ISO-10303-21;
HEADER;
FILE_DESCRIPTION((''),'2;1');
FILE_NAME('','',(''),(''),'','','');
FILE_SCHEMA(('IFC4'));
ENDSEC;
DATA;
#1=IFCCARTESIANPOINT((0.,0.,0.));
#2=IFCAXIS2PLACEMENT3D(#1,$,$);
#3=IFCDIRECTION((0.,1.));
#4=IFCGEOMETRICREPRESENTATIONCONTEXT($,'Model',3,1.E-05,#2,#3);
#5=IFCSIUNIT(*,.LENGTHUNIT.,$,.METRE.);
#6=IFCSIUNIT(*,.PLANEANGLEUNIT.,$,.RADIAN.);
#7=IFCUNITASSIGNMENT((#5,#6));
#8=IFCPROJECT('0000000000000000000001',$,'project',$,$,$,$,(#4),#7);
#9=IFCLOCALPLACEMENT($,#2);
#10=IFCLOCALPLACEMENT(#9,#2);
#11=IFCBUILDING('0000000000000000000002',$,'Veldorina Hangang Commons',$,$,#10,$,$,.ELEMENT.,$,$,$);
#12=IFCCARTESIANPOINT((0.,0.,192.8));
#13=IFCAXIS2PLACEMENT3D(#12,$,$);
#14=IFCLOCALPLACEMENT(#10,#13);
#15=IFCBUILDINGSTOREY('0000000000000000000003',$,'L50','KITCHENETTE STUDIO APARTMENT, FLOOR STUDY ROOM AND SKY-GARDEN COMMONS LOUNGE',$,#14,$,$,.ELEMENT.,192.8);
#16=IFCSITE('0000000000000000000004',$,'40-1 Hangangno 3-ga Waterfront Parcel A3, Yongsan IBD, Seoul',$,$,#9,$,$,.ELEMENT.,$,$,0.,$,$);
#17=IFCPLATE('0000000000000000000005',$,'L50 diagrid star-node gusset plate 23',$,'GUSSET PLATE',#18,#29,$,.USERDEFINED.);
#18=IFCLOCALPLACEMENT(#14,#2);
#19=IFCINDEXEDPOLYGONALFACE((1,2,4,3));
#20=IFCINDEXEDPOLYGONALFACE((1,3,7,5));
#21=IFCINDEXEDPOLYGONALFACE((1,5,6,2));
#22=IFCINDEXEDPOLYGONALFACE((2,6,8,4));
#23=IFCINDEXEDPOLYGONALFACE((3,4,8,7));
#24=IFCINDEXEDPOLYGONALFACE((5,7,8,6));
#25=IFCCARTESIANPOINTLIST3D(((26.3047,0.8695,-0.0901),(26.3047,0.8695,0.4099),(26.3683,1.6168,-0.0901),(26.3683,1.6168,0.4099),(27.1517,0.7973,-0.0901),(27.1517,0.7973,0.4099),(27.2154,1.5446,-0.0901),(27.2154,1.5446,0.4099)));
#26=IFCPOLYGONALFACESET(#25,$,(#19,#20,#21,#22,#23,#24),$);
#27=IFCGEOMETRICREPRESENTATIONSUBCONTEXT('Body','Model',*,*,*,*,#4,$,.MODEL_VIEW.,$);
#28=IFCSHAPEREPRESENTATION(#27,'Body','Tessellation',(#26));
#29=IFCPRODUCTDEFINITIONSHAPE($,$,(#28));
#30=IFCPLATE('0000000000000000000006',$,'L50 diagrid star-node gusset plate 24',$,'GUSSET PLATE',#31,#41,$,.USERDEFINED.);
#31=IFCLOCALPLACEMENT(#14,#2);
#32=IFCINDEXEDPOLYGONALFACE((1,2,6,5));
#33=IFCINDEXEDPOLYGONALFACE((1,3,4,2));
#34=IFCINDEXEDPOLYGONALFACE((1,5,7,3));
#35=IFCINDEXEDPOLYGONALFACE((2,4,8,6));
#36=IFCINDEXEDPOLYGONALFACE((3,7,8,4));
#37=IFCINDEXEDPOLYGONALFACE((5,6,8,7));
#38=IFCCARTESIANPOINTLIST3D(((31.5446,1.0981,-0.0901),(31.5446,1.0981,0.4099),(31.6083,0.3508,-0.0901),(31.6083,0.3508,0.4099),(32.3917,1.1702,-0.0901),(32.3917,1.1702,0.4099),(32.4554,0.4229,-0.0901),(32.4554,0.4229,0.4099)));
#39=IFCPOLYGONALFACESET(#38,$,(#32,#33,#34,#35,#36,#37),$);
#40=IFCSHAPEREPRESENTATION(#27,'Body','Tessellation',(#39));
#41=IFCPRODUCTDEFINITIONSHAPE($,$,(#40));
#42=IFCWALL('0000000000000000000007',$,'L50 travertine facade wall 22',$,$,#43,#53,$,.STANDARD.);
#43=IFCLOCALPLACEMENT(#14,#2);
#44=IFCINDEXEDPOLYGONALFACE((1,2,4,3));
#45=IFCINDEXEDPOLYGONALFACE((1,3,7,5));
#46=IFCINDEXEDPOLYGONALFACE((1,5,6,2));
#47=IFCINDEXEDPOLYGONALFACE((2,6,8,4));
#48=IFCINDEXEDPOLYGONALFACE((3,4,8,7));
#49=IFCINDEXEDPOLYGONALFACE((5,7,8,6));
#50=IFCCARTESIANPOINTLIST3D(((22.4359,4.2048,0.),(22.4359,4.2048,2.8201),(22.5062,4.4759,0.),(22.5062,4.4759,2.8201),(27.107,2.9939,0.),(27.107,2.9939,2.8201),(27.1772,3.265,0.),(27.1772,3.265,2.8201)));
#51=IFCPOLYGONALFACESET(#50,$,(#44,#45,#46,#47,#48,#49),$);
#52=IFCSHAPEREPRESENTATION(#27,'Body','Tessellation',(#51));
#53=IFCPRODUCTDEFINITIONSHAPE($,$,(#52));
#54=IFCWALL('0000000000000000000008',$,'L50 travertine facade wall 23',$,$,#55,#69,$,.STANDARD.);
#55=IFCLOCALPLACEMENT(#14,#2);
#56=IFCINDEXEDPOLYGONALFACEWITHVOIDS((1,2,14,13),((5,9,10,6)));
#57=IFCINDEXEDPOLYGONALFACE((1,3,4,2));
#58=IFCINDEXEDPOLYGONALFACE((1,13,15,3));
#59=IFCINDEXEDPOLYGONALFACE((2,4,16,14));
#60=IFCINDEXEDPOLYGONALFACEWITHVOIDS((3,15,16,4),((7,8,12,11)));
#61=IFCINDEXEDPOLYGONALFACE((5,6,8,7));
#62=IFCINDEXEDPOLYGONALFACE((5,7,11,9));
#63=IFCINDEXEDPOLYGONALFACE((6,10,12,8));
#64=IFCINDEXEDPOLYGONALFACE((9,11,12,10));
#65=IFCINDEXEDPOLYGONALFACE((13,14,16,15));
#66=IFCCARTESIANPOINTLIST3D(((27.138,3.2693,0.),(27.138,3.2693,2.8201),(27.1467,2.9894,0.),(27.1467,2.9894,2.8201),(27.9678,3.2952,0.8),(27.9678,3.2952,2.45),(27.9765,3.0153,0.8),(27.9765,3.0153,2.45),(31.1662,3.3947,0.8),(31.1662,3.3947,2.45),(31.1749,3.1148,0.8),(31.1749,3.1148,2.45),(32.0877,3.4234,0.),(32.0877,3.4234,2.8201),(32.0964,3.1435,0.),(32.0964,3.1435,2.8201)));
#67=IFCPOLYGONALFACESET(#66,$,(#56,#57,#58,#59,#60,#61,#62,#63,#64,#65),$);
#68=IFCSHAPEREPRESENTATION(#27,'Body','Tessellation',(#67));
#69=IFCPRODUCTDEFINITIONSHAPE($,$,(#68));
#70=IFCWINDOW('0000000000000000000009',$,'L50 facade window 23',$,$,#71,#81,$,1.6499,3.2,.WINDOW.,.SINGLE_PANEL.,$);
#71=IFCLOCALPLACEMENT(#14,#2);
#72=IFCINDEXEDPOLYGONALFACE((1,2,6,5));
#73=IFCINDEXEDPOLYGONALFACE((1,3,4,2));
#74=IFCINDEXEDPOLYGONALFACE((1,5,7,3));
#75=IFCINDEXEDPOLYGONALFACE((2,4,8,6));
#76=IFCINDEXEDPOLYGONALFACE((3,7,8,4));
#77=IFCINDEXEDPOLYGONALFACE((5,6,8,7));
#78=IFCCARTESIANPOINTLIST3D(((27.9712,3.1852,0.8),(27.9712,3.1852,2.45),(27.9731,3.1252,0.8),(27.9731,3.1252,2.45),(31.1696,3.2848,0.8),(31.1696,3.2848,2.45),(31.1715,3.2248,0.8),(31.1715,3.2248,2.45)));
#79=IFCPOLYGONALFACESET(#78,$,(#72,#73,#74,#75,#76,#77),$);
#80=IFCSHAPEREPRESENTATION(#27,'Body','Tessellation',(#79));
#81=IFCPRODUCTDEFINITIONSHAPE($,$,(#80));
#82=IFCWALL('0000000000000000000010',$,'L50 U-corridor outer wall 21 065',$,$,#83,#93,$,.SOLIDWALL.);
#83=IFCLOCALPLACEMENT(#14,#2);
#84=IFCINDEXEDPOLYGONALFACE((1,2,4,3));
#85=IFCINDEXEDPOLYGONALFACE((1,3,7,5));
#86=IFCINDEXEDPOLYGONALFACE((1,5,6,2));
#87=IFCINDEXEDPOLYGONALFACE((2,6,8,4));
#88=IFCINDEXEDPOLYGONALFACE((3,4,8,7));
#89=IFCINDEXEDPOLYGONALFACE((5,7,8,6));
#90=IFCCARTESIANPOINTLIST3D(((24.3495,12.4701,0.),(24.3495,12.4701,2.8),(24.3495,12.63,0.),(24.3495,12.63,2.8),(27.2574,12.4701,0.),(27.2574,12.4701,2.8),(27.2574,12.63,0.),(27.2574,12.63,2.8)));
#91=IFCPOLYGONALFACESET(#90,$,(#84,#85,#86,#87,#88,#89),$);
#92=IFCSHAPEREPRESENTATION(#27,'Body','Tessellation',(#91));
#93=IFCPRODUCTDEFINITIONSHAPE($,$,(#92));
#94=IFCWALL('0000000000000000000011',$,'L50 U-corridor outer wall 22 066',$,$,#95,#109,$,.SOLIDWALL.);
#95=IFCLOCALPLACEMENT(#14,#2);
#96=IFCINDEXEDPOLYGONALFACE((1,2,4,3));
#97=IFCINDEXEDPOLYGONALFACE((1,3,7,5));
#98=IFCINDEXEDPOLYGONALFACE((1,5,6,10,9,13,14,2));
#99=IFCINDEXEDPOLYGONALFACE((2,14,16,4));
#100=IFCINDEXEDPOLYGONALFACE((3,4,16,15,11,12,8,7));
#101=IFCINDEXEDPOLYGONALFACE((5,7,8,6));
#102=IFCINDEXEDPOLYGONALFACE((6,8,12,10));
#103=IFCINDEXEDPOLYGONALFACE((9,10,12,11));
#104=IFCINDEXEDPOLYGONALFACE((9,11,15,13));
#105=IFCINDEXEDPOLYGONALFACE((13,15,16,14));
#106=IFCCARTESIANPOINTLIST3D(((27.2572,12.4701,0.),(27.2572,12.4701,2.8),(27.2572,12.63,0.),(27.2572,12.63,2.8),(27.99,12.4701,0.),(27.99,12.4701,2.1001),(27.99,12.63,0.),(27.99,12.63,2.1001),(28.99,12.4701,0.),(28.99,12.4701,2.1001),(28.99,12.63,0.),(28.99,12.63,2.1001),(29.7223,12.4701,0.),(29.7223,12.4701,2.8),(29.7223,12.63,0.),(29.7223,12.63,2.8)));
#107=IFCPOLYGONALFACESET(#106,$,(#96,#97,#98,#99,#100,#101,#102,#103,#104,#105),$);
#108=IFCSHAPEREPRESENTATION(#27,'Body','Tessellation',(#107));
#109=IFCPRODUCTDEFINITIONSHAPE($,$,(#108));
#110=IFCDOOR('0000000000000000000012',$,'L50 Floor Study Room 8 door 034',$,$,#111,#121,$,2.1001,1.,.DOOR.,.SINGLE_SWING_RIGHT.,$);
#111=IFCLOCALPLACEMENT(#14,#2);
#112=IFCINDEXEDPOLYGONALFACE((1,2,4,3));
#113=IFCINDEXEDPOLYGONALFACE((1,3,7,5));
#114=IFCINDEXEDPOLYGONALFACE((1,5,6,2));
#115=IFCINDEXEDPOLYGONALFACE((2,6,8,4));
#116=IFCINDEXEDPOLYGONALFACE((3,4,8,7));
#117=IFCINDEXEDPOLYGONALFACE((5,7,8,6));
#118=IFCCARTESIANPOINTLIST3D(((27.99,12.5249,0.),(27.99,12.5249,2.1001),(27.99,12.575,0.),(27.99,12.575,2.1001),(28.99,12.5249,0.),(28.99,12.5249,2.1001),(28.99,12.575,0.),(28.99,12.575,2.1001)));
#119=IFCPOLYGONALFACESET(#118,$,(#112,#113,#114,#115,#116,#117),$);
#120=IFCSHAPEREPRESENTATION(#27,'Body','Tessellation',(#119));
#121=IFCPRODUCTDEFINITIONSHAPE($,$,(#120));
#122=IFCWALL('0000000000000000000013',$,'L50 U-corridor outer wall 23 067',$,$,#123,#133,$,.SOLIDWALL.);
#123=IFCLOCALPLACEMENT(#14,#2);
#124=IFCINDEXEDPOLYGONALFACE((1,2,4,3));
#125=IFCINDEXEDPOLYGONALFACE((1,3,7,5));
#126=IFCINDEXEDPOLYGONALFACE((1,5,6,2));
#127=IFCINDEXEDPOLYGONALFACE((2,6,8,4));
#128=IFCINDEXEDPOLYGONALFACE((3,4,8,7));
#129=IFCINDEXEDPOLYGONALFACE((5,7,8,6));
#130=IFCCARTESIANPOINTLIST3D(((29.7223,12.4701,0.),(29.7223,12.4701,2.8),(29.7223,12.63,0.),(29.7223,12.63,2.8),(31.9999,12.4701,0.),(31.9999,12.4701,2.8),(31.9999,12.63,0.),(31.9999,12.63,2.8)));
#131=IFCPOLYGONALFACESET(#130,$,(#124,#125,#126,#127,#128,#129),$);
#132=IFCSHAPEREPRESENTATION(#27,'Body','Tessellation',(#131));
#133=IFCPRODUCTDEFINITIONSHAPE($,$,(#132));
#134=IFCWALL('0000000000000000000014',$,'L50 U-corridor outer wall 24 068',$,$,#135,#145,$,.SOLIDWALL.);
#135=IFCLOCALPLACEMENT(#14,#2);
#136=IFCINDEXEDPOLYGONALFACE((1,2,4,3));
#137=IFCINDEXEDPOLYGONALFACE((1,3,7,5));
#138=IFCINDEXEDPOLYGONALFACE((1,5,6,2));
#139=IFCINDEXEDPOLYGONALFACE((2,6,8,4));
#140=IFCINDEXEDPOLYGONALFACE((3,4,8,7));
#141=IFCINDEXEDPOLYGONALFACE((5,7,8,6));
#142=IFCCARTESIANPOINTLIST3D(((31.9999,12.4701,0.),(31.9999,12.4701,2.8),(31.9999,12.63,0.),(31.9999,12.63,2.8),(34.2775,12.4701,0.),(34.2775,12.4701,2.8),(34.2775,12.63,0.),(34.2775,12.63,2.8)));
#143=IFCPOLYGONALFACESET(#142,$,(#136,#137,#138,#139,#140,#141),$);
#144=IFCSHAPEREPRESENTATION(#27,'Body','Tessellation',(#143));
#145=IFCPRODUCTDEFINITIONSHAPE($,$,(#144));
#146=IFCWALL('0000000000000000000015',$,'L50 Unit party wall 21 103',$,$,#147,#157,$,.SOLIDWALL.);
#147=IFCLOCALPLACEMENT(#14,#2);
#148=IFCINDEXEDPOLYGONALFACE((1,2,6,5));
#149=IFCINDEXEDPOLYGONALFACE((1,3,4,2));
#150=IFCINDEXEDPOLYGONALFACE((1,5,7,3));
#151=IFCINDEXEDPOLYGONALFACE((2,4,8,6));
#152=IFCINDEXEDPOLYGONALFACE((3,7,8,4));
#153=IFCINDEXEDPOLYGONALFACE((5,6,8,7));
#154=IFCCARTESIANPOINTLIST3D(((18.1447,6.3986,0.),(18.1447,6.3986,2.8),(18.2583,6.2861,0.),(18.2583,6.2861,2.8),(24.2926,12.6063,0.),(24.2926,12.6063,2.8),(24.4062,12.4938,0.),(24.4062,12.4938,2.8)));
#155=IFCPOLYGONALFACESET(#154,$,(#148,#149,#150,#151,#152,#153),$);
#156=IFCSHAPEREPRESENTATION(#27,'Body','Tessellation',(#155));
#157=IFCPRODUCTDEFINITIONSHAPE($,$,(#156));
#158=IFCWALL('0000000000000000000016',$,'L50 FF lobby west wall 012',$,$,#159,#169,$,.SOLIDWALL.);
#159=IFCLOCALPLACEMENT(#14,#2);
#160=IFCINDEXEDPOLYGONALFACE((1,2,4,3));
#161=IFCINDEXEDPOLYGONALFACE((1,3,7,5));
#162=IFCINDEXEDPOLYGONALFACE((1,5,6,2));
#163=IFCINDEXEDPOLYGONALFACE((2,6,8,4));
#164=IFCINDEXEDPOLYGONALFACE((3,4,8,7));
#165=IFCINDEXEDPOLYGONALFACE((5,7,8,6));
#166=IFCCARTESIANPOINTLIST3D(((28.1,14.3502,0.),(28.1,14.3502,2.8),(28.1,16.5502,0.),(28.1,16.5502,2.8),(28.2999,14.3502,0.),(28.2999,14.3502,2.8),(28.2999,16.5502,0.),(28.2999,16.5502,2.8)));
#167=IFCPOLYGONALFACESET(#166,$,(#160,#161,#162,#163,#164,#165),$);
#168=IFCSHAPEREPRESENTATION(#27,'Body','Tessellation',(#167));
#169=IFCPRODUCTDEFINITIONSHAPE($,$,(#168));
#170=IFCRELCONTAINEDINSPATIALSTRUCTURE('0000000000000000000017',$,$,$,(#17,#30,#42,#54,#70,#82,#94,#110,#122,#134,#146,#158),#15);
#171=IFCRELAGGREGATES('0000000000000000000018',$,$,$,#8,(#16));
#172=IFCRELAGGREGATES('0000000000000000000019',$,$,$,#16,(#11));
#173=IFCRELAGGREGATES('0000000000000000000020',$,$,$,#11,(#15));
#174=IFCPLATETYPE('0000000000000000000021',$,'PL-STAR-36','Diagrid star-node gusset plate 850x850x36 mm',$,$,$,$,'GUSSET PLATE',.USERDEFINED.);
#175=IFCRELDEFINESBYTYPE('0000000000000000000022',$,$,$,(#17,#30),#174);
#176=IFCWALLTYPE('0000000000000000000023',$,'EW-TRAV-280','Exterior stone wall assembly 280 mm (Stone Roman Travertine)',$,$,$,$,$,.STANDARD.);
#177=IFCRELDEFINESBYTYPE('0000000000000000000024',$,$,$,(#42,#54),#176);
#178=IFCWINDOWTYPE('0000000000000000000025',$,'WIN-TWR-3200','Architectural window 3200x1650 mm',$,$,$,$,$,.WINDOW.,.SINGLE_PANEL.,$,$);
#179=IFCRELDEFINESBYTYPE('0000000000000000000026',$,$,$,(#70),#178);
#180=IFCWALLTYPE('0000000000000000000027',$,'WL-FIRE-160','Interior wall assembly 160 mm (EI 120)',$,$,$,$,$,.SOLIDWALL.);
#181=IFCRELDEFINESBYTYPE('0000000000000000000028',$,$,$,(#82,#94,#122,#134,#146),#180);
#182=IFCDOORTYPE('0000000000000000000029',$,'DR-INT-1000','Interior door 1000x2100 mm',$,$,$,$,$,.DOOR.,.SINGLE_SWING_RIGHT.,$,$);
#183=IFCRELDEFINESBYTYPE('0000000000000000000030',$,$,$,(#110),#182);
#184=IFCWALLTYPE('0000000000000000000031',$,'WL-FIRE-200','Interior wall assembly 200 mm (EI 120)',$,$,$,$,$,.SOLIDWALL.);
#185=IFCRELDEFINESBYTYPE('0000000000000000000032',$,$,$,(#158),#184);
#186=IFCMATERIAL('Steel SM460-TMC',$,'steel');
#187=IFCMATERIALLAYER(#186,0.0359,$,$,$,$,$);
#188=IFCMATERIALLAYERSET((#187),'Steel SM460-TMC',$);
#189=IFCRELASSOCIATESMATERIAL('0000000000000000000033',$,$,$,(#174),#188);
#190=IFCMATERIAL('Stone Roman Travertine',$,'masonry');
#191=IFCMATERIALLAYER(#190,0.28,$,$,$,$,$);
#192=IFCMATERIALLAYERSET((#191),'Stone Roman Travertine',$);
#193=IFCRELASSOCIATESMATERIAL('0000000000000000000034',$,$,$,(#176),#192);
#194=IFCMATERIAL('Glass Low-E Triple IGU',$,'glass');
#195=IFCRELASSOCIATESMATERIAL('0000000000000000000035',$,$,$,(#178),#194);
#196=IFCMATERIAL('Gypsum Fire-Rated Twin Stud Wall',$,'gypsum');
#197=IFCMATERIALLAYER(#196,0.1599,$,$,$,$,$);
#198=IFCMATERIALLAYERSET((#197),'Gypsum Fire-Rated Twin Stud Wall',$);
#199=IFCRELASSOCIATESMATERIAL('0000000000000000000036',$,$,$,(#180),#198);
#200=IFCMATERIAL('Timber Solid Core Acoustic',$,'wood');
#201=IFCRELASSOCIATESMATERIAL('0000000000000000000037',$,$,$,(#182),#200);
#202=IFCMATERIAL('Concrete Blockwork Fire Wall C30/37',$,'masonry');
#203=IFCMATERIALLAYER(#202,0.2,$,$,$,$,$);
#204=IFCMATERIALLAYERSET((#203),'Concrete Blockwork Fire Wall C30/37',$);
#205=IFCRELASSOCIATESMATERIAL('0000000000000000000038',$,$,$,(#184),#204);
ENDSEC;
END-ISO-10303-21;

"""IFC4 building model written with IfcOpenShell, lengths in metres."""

from ifc_helpers import new_model, si_unit, direction, frame, frame_2d, origin, origin_2d, place, context, subcontext, project, spatial, rectangle, extrude, material, layer, layer_set, type_object, element, fill, save


model = new_model("IFC4")

# Units and contexts
model_context = context("Model", 3, precision=1e-05, world=origin(), true_north=direction((0.0, 1.0)))
body_context = subcontext(model_context, "Body", "Model", "MODEL_VIEW")
ifc_project = project(units=[si_unit("LENGTHUNIT", "METRE"), si_unit("PLANEANGLEUNIT", "RADIAN")], contexts=[model_context])

# Site, building, storey
site_placement = place(None, origin())
site = spatial("IfcSite", under=ifc_project, at=site_placement, Name="40-1 Hangangno 3-ga Waterfront Parcel A3, Yongsan IBD, Seoul", CompositionType="ELEMENT", RefElevation=0.0)
building_placement = place(site_placement, origin())
building = spatial("IfcBuilding", under=site, at=building_placement, Name="Veldorina Hangang Commons", CompositionType="ELEMENT")
storey_placement = place(building_placement, frame((0.0, 0.0, 192.8)))
storey = spatial("IfcBuildingStorey", under=building, at=storey_placement, Name="L50", Description="KITCHENETTE STUDIO APARTMENT, FLOOR STUDY ROOM AND SKY-GARDEN COMMONS LOUNGE", CompositionType="ELEMENT", Elevation=192.8)

# Shared definitions
ifc_material_1 = material(Name="Glass Low-E Triple IGU", Category="glass")

# Plates
ifc_material_2 = material(Name="Steel SM460-TMC", Category="steel")
ifc_layer_1 = layer(ifc_material_2, 0.0359)
ifc_layer_set_1 = layer_set([ifc_layer_1], Name="Steel SM460-TMC")
plate_type = type_object("IfcPlateType", Name="PL-STAR-36", Description="Diagrid star-node gusset plate 850x850x36 mm", ElementType="GUSSET PLATE", PredefinedType="USERDEFINED", material=ifc_layer_set_1)
for number, where, z_axis, x_axis, name in (
    (1, (26.76, 1.207, -0.0901), (0.0, 0.0, 1.0), (0.99639, -0.084895, 0.0), "L50 diagrid star-node gusset plate 23"),
    (2, (32.0, 0.7605, -0.0901), (0.0, 0.0, 1.0), (0.99639, 0.084895, 0.0), "L50 diagrid star-node gusset plate 24"),
):
    element("IfcPlate", number, at=place(storey_placement, frame(where, z_axis=z_axis, x_axis=x_axis)), inside=storey, type_object=plate_type, Name=name, ObjectType="GUSSET PLATE", PredefinedType="USERDEFINED", context=body_context, shape_type="SweptSolid", body=[
        extrude(rectangle(XDim=0.8501, YDim=0.75, at=origin_2d()), origin(), (0.0, 0.0, 1.0), 0.5),
    ])

# Wall
ifc_material_3 = material(Name="Stone Roman Travertine", Category="masonry")
ifc_layer_2 = layer(ifc_material_3, 0.28)
ifc_layer_set_2 = layer_set([ifc_layer_2], Name="Stone Roman Travertine")
wall_type_1 = type_object("IfcWallType", Name="EW-TRAV-280", Description="Exterior stone wall assembly 280 mm (Stone Roman Travertine)", PredefinedType="STANDARD", material=ifc_layer_set_2)
wall_1_placement = place(storey_placement, frame((22.4712, 4.3403, 0.0), z_axis=(0.0, 0.0, 1.0), x_axis=(0.968002, -0.250943, 0.0)))
element("IfcWall", 3, at=wall_1_placement, inside=storey, type_object=wall_type_1, Name="L50 travertine facade wall 22", PredefinedType="STANDARD", context=body_context, shape_type="SweptSolid", body=[
    extrude(rectangle(XDim=4.8254, YDim=0.28, at=frame_2d((2.4126, 0.0))), origin(), (0.0, 0.0, 1.0), 2.8201),
])

# Wall, opening, window
wall_2_placement = place(storey_placement, frame((27.1423, 3.1294, 0.0), z_axis=(0.0, 0.0, 1.0), x_axis=(0.999516, 0.031109, 0.0)))
wall_2 = element("IfcWall", 4, at=wall_2_placement, inside=storey, type_object=wall_type_1, Name="L50 travertine facade wall 23", PredefinedType="STANDARD", context=body_context, shape_type="SweptSolid", body=[
    extrude(rectangle(XDim=4.9521, YDim=0.28, at=frame_2d((2.4761, 0.0))), origin(), (0.0, 0.0, 1.0), 2.8201),
])
opening_1_placement = place(wall_2_placement, frame((0.8301, 0.0, 0.8)))
opening_1 = element("IfcOpeningElement", 5, at=opening_1_placement, cuts=wall_2, PredefinedType="OPENING", context=body_context, shape_type="SweptSolid", body=[
    extrude(rectangle(XDim=3.2, YDim=1.6499, at=frame_2d((1.6001, 0.825))), frame((0.0, 0.1499, 0.0), z_axis=(0.0, -1.0, 0.0), x_axis=(1.0, 0.0, 0.0)), (0.0, 0.0, 1.0), 0.3),
])
window_type = type_object("IfcWindowType", Name="WIN-TWR-3200", Description="Architectural window 3200x1650 mm", PartitioningType="SINGLE_PANEL", PredefinedType="WINDOW", material=ifc_material_1)
window_placement = place(opening_1_placement, origin())
window = element("IfcWindow", 6, at=window_placement, inside=storey, type_object=window_type, Name="L50 facade window 23", OverallHeight=1.6499, OverallWidth=3.2, PartitioningType="SINGLE_PANEL", PredefinedType="WINDOW", context=body_context, shape_type="SweptSolid", body=[
    extrude(rectangle(XDim=3.2, YDim=1.6499, at=frame_2d((1.6001, 0.825))), frame((0.0, 0.03, 0.0), z_axis=(0.0, -1.0, 0.0), x_axis=(1.0, 0.0, 0.0)), (0.0, 0.0, 1.0), 0.0601),
])
fill(opening_1, window)

# Wall
ifc_material_4 = material(Name="Gypsum Fire-Rated Twin Stud Wall", Category="gypsum")
ifc_layer_3 = layer(ifc_material_4, 0.1599)
ifc_layer_set_3 = layer_set([ifc_layer_3], Name="Gypsum Fire-Rated Twin Stud Wall")
wall_type_2 = type_object("IfcWallType", Name="WL-FIRE-160", Description="Interior wall assembly 160 mm (EI 120)", PredefinedType="SOLIDWALL", material=ifc_layer_set_3)
wall_3_placement = place(storey_placement, frame((24.3494, 12.55, 0.0), z_axis=(0.0, 0.0, 1.0), x_axis=(1.0, 0.0, 0.0)))
element("IfcWall", 7, at=wall_3_placement, inside=storey, type_object=wall_type_2, Name="L50 U-corridor outer wall 21 065", PredefinedType="SOLIDWALL", context=body_context, shape_type="SweptSolid", body=[
    extrude(rectangle(XDim=2.908, YDim=0.1599, at=frame_2d((1.4541, 0.0))), origin(), (0.0, 0.0, 1.0), 2.8),
])

# Wall, opening, door
wall_4_placement = place(storey_placement, frame((27.2573, 12.55, 0.0), z_axis=(0.0, 0.0, 1.0), x_axis=(1.0, 0.0, 0.0)))
wall_4 = element("IfcWall", 8, at=wall_4_placement, inside=storey, type_object=wall_type_2, Name="L50 U-corridor outer wall 22 066", PredefinedType="SOLIDWALL", context=body_context, shape_type="SweptSolid", body=[
    extrude(rectangle(XDim=2.4651, YDim=0.1599, at=frame_2d((1.2324, 0.0))), origin(), (0.0, 0.0, 1.0), 2.8),
])
opening_2_placement = place(wall_4_placement, frame((0.7327, 0.0, 0.0)))
opening_2 = element("IfcOpeningElement", 9, at=opening_2_placement, cuts=wall_4, PredefinedType="OPENING", context=body_context, shape_type="SweptSolid", body=[
    extrude(rectangle(XDim=1.0, YDim=2.1001, at=frame_2d((0.5, 1.05))), frame((0.0, 0.0898, 0.0), z_axis=(0.0, -1.0, 0.0), x_axis=(1.0, 0.0, 0.0)), (0.0, 0.0, 1.0), 0.1799),
])
ifc_material_5 = material(Name="Timber Solid Core Acoustic", Category="wood")
door_type_1 = type_object("IfcDoorType", Name="DR-INT-1000", Description="Interior door 1000x2100 mm", OperationType="SINGLE_SWING_RIGHT", PredefinedType="DOOR", material=ifc_material_5)
door_1_placement = place(opening_2_placement, origin())
door_1 = element("IfcDoor", 10, at=door_1_placement, inside=storey, type_object=door_type_1, Name="L50 Floor Study Room 8 door 034", OperationType="SINGLE_SWING_RIGHT", OverallHeight=2.1001, OverallWidth=1.0, PredefinedType="DOOR", context=body_context, shape_type="SweptSolid", body=[
    extrude(rectangle(XDim=1.0, YDim=2.1001, at=frame_2d((0.5, 1.05))), frame((0.0, 0.0249, 0.0), z_axis=(0.0, -1.0, 0.0), x_axis=(1.0, 0.0, 0.0)), (0.0, 0.0, 1.0), 0.05),
])
fill(opening_2, door_1)

# Walls
for number, where, z_axis, x_axis, name in (
    (11, (29.7224, 12.55, 0.0), (0.0, 0.0, 1.0), (1.0, 0.0, 0.0), "L50 U-corridor outer wall 23 067"),
    (12, (32.0, 12.55, 0.0), (0.0, 0.0, 1.0), (1.0, 0.0, 0.0), "L50 U-corridor outer wall 24 068"),
):
    element("IfcWall", number, at=place(storey_placement, frame(where, z_axis=z_axis, x_axis=x_axis)), inside=storey, type_object=wall_type_2, Name=name, PredefinedType="SOLIDWALL", context=body_context, shape_type="SweptSolid", body=[
        extrude(rectangle(XDim=2.2776, YDim=0.1599, at=frame_2d((1.1387, 0.0))), origin(), (0.0, 0.0, 1.0), 2.8),
    ])
wall_5_placement = place(storey_placement, frame((24.3494, 12.55, 0.0), z_axis=(0.0, 0.0, 1.0), x_axis=(-0.703675, -0.710522, 0.0)))
element("IfcWall", 13, at=wall_5_placement, inside=storey, type_object=wall_type_2, Name="L50 Unit party wall 21 103", PredefinedType="SOLIDWALL", context=body_context, shape_type="SweptSolid", body=[
    extrude(rectangle(XDim=8.7368, YDim=0.1599, at=frame_2d((4.3684, 0.0))), origin(), (0.0, 0.0, 1.0), 2.8),
])
ifc_material_6 = material(Name="Concrete Blockwork Fire Wall C30/37", Category="masonry")
ifc_layer_4 = layer(ifc_material_6, 0.2)
ifc_layer_set_4 = layer_set([ifc_layer_4], Name="Concrete Blockwork Fire Wall C30/37")
wall_type_3 = type_object("IfcWallType", Name="WL-FIRE-200", Description="Interior wall assembly 200 mm (EI 120)", PredefinedType="SOLIDWALL", material=ifc_layer_set_4)
wall_6_placement = place(storey_placement, frame((28.2, 14.3501, 0.0), z_axis=(0.0, 0.0, 1.0), x_axis=(0.0, 1.0, 0.0)))
element("IfcWall", 14, at=wall_6_placement, inside=storey, type_object=wall_type_3, Name="L50 FF lobby west wall 012", PredefinedType="SOLIDWALL", context=body_context, shape_type="SweptSolid", body=[
    extrude(rectangle(XDim=2.2, YDim=0.2, at=frame_2d((1.1001, 0.0))), origin(), (0.0, 0.0, 1.0), 2.8),
])

save(model, "model.ifc")
